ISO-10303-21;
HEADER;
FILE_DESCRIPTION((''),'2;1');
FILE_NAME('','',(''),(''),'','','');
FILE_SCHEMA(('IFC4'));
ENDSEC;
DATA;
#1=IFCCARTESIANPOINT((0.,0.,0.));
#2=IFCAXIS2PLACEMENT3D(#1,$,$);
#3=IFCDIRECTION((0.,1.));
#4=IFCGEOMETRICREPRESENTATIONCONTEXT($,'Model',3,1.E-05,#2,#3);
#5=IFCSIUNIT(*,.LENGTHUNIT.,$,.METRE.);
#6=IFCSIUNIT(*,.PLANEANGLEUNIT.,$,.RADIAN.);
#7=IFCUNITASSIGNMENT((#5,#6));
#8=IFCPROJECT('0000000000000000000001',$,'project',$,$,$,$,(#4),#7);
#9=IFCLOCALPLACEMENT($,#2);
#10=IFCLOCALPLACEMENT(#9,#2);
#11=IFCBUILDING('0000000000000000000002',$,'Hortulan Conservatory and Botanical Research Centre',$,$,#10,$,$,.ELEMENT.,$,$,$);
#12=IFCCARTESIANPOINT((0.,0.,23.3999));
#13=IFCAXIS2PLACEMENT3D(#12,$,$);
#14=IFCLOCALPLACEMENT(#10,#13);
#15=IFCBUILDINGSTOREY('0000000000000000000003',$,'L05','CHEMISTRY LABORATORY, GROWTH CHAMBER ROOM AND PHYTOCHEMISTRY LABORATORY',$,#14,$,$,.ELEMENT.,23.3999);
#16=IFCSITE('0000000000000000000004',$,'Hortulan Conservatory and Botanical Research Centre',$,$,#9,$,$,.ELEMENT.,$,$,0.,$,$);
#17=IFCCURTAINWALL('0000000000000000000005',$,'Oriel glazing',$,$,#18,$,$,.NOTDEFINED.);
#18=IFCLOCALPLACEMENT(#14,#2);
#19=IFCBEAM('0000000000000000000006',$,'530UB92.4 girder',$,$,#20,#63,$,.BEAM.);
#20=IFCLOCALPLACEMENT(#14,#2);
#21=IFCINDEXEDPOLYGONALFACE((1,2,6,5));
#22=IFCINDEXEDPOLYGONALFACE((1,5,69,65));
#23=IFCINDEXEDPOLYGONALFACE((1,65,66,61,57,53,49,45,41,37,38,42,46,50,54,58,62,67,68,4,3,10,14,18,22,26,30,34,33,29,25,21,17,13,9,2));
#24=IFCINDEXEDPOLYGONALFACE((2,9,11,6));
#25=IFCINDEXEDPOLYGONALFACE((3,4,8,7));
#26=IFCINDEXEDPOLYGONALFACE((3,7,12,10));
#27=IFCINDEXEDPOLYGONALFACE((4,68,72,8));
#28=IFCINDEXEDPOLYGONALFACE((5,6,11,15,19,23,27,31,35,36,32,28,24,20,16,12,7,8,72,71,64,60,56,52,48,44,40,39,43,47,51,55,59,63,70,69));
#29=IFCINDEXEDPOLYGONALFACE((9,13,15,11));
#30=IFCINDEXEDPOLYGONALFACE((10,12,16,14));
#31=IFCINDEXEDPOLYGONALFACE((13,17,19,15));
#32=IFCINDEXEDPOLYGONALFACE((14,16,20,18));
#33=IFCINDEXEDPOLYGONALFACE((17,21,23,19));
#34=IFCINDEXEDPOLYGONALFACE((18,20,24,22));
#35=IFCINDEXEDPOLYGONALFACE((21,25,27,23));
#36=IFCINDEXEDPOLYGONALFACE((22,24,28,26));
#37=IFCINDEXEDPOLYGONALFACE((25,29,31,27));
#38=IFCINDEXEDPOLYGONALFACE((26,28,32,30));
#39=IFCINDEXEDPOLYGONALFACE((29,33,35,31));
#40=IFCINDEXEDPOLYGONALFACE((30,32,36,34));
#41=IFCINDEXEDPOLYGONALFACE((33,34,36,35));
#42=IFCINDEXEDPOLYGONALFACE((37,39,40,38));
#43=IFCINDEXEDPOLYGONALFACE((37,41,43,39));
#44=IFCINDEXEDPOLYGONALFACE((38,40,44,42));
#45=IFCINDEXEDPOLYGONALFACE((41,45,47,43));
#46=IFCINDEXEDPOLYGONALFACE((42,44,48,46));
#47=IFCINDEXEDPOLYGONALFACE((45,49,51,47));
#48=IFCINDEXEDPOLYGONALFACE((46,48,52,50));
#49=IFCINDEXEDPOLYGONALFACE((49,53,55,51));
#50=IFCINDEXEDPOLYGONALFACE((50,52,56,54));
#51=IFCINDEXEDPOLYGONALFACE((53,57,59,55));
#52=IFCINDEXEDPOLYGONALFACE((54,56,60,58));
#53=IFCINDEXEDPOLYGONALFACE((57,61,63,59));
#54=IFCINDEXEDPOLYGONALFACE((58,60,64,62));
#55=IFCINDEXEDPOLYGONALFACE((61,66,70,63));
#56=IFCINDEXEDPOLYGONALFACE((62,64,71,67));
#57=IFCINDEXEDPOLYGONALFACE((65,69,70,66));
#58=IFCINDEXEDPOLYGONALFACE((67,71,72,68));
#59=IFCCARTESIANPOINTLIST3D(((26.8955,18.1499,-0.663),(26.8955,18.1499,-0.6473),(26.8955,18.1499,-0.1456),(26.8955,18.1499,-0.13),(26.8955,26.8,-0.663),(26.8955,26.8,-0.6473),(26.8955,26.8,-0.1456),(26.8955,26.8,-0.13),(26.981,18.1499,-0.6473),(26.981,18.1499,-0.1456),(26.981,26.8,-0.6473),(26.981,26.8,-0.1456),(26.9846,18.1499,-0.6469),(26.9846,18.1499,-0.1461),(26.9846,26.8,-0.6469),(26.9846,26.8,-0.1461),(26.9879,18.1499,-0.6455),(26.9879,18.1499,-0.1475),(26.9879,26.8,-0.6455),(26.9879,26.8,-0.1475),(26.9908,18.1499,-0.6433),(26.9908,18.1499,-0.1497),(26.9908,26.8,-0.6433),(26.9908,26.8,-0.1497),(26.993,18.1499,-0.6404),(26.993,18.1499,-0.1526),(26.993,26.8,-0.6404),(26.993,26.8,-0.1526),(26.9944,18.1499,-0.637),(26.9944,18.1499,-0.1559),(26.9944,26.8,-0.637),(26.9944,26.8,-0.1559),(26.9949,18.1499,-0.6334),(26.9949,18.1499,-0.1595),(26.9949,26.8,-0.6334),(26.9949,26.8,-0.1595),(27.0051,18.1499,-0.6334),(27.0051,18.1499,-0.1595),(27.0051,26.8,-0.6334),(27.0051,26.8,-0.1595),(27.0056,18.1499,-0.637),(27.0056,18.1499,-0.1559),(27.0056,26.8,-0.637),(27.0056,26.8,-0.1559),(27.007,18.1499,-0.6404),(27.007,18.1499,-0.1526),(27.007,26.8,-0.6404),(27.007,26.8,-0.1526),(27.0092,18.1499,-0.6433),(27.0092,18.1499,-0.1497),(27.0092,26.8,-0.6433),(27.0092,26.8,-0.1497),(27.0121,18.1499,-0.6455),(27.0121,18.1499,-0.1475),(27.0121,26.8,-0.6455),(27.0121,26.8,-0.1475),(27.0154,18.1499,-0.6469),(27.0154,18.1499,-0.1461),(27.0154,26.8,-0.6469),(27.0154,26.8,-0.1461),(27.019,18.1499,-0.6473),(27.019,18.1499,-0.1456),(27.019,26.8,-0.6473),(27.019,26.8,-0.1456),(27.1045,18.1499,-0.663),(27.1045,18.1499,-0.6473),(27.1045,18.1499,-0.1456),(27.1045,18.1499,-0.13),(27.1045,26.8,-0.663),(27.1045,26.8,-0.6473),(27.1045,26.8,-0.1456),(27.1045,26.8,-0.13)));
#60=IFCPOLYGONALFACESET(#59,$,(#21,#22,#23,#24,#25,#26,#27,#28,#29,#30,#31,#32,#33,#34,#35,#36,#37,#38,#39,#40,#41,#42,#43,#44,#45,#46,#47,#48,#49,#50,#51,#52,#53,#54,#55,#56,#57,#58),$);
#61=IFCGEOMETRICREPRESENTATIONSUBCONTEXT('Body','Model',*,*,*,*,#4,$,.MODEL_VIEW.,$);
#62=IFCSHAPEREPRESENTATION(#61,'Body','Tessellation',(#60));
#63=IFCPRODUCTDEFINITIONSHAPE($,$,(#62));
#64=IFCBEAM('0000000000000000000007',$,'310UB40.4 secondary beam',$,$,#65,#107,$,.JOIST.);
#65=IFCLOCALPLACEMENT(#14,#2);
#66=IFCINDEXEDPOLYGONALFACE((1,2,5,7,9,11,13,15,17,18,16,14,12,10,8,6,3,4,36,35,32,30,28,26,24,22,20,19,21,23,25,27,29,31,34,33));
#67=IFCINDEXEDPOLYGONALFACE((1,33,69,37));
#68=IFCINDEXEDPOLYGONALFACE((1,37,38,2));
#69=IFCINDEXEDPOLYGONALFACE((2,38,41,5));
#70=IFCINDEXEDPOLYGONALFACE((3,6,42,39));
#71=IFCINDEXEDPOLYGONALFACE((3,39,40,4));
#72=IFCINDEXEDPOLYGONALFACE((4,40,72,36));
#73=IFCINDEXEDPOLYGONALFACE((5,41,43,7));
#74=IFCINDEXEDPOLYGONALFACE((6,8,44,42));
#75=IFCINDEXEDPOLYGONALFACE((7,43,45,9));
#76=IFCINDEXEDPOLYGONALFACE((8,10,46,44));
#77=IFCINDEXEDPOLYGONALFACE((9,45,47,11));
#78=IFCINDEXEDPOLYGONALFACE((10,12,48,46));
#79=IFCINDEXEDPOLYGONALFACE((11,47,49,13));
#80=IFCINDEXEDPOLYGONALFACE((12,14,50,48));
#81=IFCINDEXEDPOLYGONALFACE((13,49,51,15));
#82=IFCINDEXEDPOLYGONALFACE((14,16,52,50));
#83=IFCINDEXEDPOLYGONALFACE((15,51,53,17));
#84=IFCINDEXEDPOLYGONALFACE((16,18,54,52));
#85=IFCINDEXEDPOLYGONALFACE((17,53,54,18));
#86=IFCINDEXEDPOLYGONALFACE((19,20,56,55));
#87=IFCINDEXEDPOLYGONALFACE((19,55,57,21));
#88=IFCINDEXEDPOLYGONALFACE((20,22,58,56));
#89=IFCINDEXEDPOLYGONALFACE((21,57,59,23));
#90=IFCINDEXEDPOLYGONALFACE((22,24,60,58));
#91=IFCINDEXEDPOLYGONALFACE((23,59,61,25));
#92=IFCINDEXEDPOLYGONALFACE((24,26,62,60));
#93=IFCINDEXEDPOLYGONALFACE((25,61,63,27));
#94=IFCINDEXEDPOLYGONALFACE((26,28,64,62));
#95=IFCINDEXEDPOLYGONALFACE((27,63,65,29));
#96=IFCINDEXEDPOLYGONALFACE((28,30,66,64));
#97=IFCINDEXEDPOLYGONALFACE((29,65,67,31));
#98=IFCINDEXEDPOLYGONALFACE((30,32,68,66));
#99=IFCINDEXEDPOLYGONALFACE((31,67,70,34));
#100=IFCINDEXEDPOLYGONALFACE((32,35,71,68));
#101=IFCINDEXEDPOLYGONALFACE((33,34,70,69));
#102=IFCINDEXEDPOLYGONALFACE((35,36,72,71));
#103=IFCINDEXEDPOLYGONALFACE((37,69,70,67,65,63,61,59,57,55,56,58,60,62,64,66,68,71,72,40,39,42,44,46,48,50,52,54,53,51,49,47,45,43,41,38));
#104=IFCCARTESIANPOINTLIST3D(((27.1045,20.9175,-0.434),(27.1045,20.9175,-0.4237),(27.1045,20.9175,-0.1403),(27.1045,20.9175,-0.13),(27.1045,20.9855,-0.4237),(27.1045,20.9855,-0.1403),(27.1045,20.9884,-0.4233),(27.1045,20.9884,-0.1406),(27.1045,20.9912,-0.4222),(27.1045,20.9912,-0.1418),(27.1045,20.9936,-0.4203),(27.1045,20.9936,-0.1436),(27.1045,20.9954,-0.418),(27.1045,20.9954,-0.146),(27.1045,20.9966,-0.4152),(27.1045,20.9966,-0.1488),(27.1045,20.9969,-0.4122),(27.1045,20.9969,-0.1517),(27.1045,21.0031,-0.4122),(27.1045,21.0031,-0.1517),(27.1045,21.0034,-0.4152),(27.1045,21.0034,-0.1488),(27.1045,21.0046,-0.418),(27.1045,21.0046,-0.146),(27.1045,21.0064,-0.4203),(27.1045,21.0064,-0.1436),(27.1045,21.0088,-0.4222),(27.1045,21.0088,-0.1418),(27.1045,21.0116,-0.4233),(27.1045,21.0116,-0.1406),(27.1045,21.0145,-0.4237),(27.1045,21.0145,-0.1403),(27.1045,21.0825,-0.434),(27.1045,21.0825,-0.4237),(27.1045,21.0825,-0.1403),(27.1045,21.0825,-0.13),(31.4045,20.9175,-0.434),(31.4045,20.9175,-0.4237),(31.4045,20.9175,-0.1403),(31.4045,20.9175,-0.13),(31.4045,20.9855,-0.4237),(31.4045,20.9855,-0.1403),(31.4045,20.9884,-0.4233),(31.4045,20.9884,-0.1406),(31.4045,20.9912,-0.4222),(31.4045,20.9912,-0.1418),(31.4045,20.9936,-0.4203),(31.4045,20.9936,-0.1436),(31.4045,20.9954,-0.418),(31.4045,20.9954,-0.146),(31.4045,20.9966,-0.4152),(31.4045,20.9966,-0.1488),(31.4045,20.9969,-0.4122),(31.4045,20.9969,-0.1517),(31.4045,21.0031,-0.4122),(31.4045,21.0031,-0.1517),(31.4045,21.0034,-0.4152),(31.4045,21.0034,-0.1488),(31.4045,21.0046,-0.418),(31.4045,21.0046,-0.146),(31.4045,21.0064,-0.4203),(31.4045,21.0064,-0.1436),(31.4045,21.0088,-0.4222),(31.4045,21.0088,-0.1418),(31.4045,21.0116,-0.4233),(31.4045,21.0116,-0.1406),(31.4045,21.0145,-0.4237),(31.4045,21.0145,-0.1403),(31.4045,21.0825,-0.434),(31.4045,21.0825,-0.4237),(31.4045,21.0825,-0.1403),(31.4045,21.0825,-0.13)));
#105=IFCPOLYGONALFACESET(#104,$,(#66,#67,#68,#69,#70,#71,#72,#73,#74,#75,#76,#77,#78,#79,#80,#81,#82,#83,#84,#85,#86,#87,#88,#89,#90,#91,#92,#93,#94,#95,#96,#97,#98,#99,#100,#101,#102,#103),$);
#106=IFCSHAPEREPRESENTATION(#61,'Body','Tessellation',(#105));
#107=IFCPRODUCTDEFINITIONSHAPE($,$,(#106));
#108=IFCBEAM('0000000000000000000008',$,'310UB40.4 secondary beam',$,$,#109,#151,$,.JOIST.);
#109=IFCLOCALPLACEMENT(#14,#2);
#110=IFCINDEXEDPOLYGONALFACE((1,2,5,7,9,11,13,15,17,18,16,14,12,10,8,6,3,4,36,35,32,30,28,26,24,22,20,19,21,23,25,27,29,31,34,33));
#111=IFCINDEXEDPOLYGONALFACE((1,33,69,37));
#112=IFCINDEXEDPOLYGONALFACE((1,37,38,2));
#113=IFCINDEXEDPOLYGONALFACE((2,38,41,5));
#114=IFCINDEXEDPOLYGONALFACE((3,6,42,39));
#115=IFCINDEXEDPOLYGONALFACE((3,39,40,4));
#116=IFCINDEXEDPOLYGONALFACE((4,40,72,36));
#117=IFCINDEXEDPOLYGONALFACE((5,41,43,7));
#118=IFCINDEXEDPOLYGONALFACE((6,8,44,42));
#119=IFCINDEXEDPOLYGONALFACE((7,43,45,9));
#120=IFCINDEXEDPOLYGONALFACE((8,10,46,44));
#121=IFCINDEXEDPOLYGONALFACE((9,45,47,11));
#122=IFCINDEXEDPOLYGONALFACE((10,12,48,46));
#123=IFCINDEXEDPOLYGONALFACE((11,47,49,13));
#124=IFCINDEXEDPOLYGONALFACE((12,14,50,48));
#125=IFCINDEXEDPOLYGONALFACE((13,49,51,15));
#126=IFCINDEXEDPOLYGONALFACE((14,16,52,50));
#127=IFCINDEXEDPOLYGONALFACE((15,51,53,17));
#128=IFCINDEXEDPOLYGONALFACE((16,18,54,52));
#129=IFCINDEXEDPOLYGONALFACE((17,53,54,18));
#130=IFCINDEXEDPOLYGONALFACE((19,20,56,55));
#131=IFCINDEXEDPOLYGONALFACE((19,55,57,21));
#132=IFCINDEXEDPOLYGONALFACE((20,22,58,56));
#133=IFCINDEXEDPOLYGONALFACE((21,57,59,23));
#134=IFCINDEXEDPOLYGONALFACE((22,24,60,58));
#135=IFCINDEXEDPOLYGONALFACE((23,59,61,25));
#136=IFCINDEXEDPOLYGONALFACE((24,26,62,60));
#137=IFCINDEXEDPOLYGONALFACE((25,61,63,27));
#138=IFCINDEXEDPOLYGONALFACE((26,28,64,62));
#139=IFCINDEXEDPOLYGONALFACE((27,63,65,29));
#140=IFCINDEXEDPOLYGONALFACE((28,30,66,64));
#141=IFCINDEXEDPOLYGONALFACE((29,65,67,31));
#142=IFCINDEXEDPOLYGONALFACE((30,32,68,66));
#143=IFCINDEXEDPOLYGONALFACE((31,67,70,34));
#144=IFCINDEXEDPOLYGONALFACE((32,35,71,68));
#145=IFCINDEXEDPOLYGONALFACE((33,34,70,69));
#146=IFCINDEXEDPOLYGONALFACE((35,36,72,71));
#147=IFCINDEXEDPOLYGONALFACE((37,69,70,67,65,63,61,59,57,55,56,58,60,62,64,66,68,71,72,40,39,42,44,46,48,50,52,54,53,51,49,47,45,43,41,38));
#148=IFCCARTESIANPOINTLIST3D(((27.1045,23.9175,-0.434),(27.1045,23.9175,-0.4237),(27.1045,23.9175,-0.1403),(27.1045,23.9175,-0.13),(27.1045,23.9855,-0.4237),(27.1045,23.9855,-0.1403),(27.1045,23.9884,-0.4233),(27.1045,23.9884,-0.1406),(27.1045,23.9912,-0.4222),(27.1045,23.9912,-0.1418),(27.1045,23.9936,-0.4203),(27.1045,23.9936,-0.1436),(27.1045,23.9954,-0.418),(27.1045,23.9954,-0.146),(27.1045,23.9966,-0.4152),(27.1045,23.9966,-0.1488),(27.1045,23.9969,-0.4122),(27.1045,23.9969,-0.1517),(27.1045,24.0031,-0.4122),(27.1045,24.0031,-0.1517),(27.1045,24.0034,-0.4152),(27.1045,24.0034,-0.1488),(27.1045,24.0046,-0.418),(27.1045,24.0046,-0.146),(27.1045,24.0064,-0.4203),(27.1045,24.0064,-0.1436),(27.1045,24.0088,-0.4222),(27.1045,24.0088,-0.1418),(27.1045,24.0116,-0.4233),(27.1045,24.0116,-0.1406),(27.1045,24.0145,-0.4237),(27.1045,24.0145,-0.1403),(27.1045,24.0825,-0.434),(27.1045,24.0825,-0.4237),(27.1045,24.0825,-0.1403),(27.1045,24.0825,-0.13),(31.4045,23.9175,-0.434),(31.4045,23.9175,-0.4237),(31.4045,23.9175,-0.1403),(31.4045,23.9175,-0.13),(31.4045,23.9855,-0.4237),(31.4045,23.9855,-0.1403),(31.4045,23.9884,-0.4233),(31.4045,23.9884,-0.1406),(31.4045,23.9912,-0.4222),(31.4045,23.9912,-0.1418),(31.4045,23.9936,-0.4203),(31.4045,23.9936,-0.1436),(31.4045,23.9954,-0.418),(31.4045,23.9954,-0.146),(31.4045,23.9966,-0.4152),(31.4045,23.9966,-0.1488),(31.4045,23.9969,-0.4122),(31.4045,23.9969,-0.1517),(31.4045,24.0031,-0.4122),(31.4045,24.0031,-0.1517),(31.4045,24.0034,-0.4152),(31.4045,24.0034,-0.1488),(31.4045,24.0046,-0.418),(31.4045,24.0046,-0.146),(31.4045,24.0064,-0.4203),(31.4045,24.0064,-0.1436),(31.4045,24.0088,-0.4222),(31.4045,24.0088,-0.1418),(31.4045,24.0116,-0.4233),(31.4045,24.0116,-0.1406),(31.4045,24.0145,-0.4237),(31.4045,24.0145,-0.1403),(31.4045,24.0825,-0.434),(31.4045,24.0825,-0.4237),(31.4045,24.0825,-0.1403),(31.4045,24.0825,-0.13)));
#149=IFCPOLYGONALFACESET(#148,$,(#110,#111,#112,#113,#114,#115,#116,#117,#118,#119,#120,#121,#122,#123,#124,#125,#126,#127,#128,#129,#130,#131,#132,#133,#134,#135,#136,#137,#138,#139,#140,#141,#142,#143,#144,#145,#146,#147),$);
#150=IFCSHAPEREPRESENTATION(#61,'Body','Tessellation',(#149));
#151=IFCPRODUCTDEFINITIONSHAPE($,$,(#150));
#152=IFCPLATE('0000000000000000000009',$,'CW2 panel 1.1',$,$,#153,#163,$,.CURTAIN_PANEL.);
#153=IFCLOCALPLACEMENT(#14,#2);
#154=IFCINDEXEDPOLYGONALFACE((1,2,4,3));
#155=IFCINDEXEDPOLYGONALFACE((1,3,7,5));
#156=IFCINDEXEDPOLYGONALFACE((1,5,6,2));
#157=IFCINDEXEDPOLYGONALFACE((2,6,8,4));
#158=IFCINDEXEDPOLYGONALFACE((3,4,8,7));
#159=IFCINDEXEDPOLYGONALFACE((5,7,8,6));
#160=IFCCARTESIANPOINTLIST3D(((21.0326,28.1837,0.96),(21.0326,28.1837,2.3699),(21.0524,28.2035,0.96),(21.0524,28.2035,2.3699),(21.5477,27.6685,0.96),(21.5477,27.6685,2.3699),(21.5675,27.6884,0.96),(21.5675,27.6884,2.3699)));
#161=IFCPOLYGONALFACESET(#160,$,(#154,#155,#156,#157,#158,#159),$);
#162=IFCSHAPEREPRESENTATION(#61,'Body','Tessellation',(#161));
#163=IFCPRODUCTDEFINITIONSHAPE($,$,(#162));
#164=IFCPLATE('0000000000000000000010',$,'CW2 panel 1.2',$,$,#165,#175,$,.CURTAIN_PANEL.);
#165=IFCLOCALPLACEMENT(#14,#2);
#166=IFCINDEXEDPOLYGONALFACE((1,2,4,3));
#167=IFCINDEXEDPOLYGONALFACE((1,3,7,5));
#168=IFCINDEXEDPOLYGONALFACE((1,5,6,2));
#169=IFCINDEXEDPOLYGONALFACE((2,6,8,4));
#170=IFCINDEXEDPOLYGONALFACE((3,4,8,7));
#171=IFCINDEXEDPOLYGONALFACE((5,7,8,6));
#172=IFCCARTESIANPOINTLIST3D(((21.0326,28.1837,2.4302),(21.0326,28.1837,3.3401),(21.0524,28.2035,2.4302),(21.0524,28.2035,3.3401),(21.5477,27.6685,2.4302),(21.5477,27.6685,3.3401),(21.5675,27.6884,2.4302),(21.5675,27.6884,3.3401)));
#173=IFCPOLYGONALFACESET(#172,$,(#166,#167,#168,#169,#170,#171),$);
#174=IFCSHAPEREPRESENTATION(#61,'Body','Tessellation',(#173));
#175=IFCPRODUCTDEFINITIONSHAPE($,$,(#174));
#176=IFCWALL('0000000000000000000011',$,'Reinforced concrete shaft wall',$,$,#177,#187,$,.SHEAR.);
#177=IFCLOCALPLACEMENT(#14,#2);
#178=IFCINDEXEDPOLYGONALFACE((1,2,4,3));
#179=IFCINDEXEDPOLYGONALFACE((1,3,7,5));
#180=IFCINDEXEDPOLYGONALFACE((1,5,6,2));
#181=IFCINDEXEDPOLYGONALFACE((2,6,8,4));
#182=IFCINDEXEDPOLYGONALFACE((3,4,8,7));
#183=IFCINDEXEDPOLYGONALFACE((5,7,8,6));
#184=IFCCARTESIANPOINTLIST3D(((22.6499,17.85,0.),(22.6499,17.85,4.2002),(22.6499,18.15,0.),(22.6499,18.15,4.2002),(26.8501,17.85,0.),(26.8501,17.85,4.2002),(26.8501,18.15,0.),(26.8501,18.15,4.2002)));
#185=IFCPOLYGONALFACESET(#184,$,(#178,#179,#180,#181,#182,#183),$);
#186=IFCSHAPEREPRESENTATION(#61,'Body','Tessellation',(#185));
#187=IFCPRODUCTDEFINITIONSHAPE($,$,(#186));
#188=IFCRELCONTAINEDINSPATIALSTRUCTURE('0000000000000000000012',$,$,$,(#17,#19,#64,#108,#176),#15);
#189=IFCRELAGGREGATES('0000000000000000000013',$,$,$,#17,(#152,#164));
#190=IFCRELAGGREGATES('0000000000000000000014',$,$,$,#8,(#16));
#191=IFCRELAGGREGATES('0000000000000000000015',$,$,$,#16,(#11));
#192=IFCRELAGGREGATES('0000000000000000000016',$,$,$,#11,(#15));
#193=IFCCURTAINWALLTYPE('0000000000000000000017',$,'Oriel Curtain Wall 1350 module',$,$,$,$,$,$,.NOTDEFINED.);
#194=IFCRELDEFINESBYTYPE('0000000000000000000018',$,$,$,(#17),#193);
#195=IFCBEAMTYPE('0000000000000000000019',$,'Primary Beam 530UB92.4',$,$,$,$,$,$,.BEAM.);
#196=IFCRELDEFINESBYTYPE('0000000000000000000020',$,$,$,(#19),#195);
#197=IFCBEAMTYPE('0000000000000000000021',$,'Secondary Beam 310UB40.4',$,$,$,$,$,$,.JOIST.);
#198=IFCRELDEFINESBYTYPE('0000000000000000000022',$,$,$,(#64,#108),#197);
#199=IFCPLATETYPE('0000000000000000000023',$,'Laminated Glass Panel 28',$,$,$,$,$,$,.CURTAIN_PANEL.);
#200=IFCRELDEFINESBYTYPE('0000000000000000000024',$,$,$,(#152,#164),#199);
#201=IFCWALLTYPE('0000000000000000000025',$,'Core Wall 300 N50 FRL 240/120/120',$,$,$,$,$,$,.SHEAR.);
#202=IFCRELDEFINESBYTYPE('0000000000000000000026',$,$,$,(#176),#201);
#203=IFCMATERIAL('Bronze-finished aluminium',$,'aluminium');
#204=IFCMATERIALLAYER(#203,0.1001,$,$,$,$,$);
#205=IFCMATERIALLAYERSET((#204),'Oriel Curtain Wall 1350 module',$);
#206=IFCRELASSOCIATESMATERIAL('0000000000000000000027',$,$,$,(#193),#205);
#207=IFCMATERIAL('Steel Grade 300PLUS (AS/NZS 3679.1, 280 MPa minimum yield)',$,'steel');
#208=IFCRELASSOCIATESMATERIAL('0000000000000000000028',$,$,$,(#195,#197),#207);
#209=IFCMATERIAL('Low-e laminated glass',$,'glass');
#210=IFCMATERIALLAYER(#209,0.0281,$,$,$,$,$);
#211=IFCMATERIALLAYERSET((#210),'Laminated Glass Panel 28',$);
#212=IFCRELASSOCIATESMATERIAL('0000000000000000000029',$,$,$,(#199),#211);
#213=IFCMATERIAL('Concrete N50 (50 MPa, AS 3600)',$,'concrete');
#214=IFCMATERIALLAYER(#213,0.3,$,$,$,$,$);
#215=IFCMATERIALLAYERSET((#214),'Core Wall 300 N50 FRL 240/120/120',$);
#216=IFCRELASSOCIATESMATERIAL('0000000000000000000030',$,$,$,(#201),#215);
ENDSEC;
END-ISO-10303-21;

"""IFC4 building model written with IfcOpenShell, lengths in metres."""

from ifc_helpers import new_model, si_unit, direction, frame, frame_2d, origin, origin_2d, place, context, subcontext, project, spatial, rectangle, i_section, extrude, material, layer, layer_set, material_profile, profile_set, type_object, element, aggregate, save


model = new_model("IFC4")

# Units and contexts
model_context = context("Model", 3, precision=1e-05, world=origin(), true_north=direction((0.0, 1.0)))
body_context = subcontext(model_context, "Body", "Model", "MODEL_VIEW")
ifc_project = project(units=[si_unit("LENGTHUNIT", "METRE"), si_unit("PLANEANGLEUNIT", "RADIAN")], contexts=[model_context])

# Site, building, storey
site_placement = place(None, origin())
site = spatial("IfcSite", under=ifc_project, at=site_placement, Name="Hortulan Conservatory and Botanical Research Centre", CompositionType="ELEMENT", RefElevation=0.0)
building_placement = place(site_placement, origin())
building = spatial("IfcBuilding", under=site, at=building_placement, Name="Hortulan Conservatory and Botanical Research Centre", CompositionType="ELEMENT")
storey_placement = place(building_placement, frame((0.0, 0.0, 23.3999)))
storey = spatial("IfcBuildingStorey", under=building, at=storey_placement, Name="L05", Description="CHEMISTRY LABORATORY, GROWTH CHAMBER ROOM AND PHYTOCHEMISTRY LABORATORY", CompositionType="ELEMENT", Elevation=23.3999)

# Shared definitions
ifc_material_1 = material(Name="Steel Grade 300PLUS (AS/NZS 3679.1, 280 MPa minimum yield)", Category="steel")

# Curtain wall
ifc_material_2 = material(Name="Bronze-finished aluminium", Category="aluminium")
ifc_layer_1 = layer(ifc_material_2, 0.1001)
ifc_layer_set_1 = layer_set([ifc_layer_1], Name="Oriel Curtain Wall 1350 module")
curtain_wall_type = type_object("IfcCurtainWallType", Name="Oriel Curtain Wall 1350 module", PredefinedType="NOTDEFINED", material=ifc_layer_set_1)
curtain_wall_placement = place(storey_placement, origin())
curtain_wall = element("IfcCurtainWall", 1, at=curtain_wall_placement, inside=storey, type_object=curtain_wall_type, Name="Oriel glazing", PredefinedType="NOTDEFINED")

# Beams
ifc_material_profile_1 = material_profile(ifc_material_1, i_section(OverallWidth=0.209, OverallDepth=0.533, WebThickness=0.0103, FlangeThickness=0.0156, FilletRadius=0.0139, at=origin_2d()), Name="530UB92.4")
ifc_profile_set_1 = profile_set([ifc_material_profile_1], Name="Steel Grade 300PLUS (AS/NZS 3679.1, 280 MPa minimum yield)")
beam_type_1 = type_object("IfcBeamType", Name="Primary Beam 530UB92.4", PredefinedType="BEAM", material=ifc_profile_set_1)
beam_1_placement = place(storey_placement, frame((27.0, 18.1499, -0.3965), z_axis=(0.0, 1.0, 0.0), x_axis=(-1.0, 0.0, 0.0)))
element("IfcBeam", 2, at=beam_1_placement, inside=storey, type_object=beam_type_1, Name="530UB92.4 girder", PredefinedType="BEAM", context=body_context, shape_type="SweptSolid", body=[
    extrude(i_section(OverallWidth=0.209, OverallDepth=0.533, WebThickness=0.0103, FlangeThickness=0.0156, FilletRadius=0.0139, at=origin_2d()), origin(), (0.0, 0.0, 1.0), 8.6501),
])
ifc_material_profile_2 = material_profile(ifc_material_1, i_section(OverallWidth=0.165, OverallDepth=0.304, WebThickness=0.0061, FlangeThickness=0.0103, FilletRadius=0.0115, at=origin_2d()), Name="310UB40.4")
ifc_profile_set_2 = profile_set([ifc_material_profile_2], Name="Steel Grade 300PLUS (AS/NZS 3679.1, 280 MPa minimum yield)")
beam_type_2 = type_object("IfcBeamType", Name="Secondary Beam 310UB40.4", PredefinedType="JOIST", material=ifc_profile_set_2)
for number, where, z_axis, x_axis, name in (
    (3, (27.1045, 21.0, -0.282), (1.0, 0.0, 0.0), (0.0, 1.0, 0.0), "310UB40.4 secondary beam"),
    (4, (27.1045, 24.0, -0.282), (1.0, 0.0, 0.0), (0.0, 1.0, 0.0), "310UB40.4 secondary beam"),
):
    element("IfcBeam", number, at=place(storey_placement, frame(where, z_axis=z_axis, x_axis=x_axis)), inside=storey, type_object=beam_type_2, Name=name, PredefinedType="JOIST", context=body_context, shape_type="SweptSolid", body=[
        extrude(i_section(OverallWidth=0.165, OverallDepth=0.304, WebThickness=0.0061, FlangeThickness=0.0103, FilletRadius=0.0115, at=origin_2d()), origin(), (0.0, 0.0, 1.0), 4.3),
    ])

# Plates
ifc_material_3 = material(Name="Low-e laminated glass", Category="glass")
ifc_layer_2 = layer(ifc_material_3, 0.0281)
ifc_layer_set_2 = layer_set([ifc_layer_2], Name="Laminated Glass Panel 28")
plate_type = type_object("IfcPlateType", Name="Laminated Glass Panel 28", PredefinedType="CURTAIN_PANEL", material=ifc_layer_set_2)
plate_1_placement = place(storey_placement, frame((21.3, 27.936, 0.96), z_axis=(0.0, 0.0, 1.0), x_axis=(0.707107, -0.707107, 0.0)))
plate_1 = element("IfcPlate", 5, at=plate_1_placement, type_object=plate_type, Name="CW2 panel 1.1", PredefinedType="CURTAIN_PANEL", context=body_context, shape_type="SweptSolid", body=[
    extrude(rectangle(XDim=0.7285, YDim=0.0281, at=origin_2d()), origin(), (0.0, 0.0, 1.0), 1.4099),
])
plate_2_placement = place(storey_placement, frame((21.3, 27.936, 2.4302), z_axis=(0.0, 0.0, 1.0), x_axis=(0.707107, -0.707107, 0.0)))
plate_2 = element("IfcPlate", 6, at=plate_2_placement, type_object=plate_type, Name="CW2 panel 1.2", PredefinedType="CURTAIN_PANEL", context=body_context, shape_type="SweptSolid", body=[
    extrude(rectangle(XDim=0.7285, YDim=0.0281, at=origin_2d()), origin(), (0.0, 0.0, 1.0), 0.9099),
])
aggregate(curtain_wall, [plate_1, plate_2])

# Wall
ifc_material_4 = material(Name="Concrete N50 (50 MPa, AS 3600)", Category="concrete")
ifc_layer_3 = layer(ifc_material_4, 0.3)
ifc_layer_set_3 = layer_set([ifc_layer_3], Name="Core Wall 300 N50 FRL 240/120/120")
wall_type_1 = type_object("IfcWallType", Name="Core Wall 300 N50 FRL 240/120/120", PredefinedType="SHEAR", material=ifc_layer_set_3)
wall_1_placement = place(storey_placement, frame((22.6499, 18.0, 0.0), z_axis=(0.0, 0.0, 1.0), x_axis=(1.0, 0.0, 0.0)))
element("IfcWall", 7, at=wall_1_placement, inside=storey, type_object=wall_type_1, Name="Reinforced concrete shaft wall", PredefinedType="SHEAR", context=body_context, shape_type="SweptSolid", body=[
    extrude(rectangle(XDim=4.2002, YDim=0.3, at=frame_2d((2.1001, 0.0))), origin(), (0.0, 0.0, 1.0), 4.2002),
])

save(model, "model.ifc")
